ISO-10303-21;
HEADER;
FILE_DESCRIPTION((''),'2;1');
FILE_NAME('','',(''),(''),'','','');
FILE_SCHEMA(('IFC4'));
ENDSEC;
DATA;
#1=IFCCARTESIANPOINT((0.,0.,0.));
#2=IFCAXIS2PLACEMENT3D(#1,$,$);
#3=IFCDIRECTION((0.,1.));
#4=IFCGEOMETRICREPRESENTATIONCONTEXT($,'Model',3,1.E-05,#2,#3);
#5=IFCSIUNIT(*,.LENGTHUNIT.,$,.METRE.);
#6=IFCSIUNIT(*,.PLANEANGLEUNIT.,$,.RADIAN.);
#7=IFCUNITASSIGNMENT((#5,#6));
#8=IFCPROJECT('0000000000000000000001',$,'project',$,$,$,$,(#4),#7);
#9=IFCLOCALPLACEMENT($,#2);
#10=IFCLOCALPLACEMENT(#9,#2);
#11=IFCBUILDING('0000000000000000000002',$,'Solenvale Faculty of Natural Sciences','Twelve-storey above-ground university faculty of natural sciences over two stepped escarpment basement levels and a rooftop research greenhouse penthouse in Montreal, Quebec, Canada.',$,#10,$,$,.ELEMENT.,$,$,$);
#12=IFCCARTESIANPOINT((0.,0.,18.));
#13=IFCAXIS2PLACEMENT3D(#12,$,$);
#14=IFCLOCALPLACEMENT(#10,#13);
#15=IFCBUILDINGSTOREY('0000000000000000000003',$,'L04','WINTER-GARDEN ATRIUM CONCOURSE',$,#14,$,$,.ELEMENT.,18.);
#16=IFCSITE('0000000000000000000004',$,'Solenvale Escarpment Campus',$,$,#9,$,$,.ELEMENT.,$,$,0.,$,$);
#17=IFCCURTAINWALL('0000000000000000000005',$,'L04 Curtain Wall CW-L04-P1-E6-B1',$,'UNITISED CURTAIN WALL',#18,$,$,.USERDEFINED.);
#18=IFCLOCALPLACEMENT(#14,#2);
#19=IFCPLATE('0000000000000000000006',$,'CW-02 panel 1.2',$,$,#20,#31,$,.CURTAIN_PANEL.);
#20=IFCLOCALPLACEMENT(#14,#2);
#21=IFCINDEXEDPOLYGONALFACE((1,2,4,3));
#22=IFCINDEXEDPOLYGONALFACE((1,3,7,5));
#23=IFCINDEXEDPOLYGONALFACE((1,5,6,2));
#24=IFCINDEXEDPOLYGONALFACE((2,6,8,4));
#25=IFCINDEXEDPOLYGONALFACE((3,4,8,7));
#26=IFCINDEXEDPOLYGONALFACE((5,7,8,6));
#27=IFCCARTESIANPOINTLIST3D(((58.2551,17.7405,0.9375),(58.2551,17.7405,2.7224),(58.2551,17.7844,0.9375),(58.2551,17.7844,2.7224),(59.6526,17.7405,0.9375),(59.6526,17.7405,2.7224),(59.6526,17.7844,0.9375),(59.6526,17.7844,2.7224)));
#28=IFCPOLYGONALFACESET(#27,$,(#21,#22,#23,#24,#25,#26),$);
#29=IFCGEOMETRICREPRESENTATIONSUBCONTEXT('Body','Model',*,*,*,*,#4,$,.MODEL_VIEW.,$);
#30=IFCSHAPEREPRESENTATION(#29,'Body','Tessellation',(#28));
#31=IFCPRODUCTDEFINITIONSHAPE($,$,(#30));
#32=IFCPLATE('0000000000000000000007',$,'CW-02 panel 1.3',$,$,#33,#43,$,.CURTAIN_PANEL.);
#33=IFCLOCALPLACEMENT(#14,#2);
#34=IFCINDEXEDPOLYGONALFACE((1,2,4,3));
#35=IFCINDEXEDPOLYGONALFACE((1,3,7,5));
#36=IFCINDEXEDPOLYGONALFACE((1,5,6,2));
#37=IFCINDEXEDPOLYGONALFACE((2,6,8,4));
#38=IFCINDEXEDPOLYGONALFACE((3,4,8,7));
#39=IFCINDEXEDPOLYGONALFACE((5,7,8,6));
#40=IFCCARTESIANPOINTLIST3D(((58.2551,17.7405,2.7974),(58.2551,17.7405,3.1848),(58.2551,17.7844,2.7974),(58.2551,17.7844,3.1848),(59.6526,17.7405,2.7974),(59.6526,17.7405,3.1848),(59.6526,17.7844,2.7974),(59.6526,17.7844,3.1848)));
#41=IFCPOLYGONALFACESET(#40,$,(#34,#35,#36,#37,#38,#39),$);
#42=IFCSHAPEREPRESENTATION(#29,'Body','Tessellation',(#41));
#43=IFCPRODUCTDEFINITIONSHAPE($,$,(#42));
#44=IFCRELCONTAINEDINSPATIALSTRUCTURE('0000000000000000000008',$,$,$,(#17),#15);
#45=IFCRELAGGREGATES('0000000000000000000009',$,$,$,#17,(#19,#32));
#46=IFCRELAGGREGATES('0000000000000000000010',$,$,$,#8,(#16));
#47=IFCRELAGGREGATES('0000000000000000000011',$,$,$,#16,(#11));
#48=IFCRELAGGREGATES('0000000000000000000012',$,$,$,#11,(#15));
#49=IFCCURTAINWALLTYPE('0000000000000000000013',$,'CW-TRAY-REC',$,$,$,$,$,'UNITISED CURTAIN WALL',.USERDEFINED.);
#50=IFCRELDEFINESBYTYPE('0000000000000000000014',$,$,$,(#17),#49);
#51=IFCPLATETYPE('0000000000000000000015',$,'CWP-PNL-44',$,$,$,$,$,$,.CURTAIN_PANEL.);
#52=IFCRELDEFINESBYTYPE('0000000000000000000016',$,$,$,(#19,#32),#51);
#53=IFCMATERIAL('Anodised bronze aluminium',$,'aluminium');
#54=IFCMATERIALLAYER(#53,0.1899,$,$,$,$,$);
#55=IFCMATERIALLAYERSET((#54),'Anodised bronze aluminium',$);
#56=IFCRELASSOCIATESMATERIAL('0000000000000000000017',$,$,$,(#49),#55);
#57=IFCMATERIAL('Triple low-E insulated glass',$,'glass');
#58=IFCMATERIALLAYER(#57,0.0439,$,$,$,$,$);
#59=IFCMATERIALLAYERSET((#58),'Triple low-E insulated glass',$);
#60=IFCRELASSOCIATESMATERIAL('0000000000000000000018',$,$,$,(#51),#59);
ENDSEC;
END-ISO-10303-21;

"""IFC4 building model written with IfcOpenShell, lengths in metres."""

from ifc_helpers import new_model, si_unit, direction, frame, origin, origin_2d, place, context, subcontext, project, spatial, rectangle, extrude, material, layer, layer_set, type_object, element, aggregate, save


model = new_model("IFC4")

# Units and contexts
model_context = context("Model", 3, precision=1e-05, world=origin(), true_north=direction((0.0, 1.0)))
body_context = subcontext(model_context, "Body", "Model", "MODEL_VIEW")
ifc_project = project(units=[si_unit("LENGTHUNIT", "METRE"), si_unit("PLANEANGLEUNIT", "RADIAN")], contexts=[model_context])

# Site, building, storey
site_placement = place(None, origin())
site = spatial("IfcSite", under=ifc_project, at=site_placement, Name="Solenvale Escarpment Campus", CompositionType="ELEMENT", RefElevation=0.0)
building_placement = place(site_placement, origin())
building = spatial("IfcBuilding", under=site, at=building_placement, Name="Solenvale Faculty of Natural Sciences", Description="Twelve-storey above-ground university faculty of natural sciences over two stepped escarpment basement levels and a rooftop research greenhouse penthouse in Montreal, Quebec, Canada.", CompositionType="ELEMENT")
storey_placement = place(building_placement, frame((0.0, 0.0, 18.0)))
storey = spatial("IfcBuildingStorey", under=building, at=storey_placement, Name="L04", Description="WINTER-GARDEN ATRIUM CONCOURSE", CompositionType="ELEMENT", Elevation=18.0)

# Curtain wall, plates
ifc_material_1 = material(Name="Anodised bronze aluminium", Category="aluminium")
ifc_layer_1 = layer(ifc_material_1, 0.1899)
ifc_layer_set_1 = layer_set([ifc_layer_1], Name="Anodised bronze aluminium")
curtain_wall_type = type_object("IfcCurtainWallType", Name="CW-TRAY-REC", ElementType="UNITISED CURTAIN WALL", PredefinedType="USERDEFINED", material=ifc_layer_set_1)
curtain_wall_placement = place(storey_placement, origin())
curtain_wall = element("IfcCurtainWall", 1, at=curtain_wall_placement, inside=storey, type_object=curtain_wall_type, Name="L04 Curtain Wall CW-L04-P1-E6-B1", ObjectType="UNITISED CURTAIN WALL", PredefinedType="USERDEFINED")
ifc_material_2 = material(Name="Triple low-E insulated glass", Category="glass")
ifc_layer_2 = layer(ifc_material_2, 0.0439)
ifc_layer_set_2 = layer_set([ifc_layer_2], Name="Triple low-E insulated glass")
plate_type = type_object("IfcPlateType", Name="CWP-PNL-44", PredefinedType="CURTAIN_PANEL", material=ifc_layer_set_2)
plate_1_placement = place(storey_placement, frame((58.9539, 17.7625, 0.9375), z_axis=(0.0, 0.0, 1.0), x_axis=(1.0, 0.0, 0.0)))
plate_1 = element("IfcPlate", 2, at=plate_1_placement, type_object=plate_type, Name="CW-02 panel 1.2", PredefinedType="CURTAIN_PANEL", context=body_context, shape_type="SweptSolid", body=[
    extrude(rectangle(XDim=1.3975, YDim=0.0439, at=origin_2d()), origin(), (0.0, 0.0, 1.0), 1.7849),
])
plate_2_placement = place(storey_placement, frame((58.9539, 17.7625, 2.7974), z_axis=(0.0, 0.0, 1.0), x_axis=(1.0, 0.0, 0.0)))
plate_2 = element("IfcPlate", 3, at=plate_2_placement, type_object=plate_type, Name="CW-02 panel 1.3", PredefinedType="CURTAIN_PANEL", context=body_context, shape_type="SweptSolid", body=[
    extrude(rectangle(XDim=1.3975, YDim=0.0439, at=origin_2d()), origin(), (0.0, 0.0, 1.0), 0.3875),
])
aggregate(curtain_wall, [plate_1, plate_2])

save(model, "model.ifc")
